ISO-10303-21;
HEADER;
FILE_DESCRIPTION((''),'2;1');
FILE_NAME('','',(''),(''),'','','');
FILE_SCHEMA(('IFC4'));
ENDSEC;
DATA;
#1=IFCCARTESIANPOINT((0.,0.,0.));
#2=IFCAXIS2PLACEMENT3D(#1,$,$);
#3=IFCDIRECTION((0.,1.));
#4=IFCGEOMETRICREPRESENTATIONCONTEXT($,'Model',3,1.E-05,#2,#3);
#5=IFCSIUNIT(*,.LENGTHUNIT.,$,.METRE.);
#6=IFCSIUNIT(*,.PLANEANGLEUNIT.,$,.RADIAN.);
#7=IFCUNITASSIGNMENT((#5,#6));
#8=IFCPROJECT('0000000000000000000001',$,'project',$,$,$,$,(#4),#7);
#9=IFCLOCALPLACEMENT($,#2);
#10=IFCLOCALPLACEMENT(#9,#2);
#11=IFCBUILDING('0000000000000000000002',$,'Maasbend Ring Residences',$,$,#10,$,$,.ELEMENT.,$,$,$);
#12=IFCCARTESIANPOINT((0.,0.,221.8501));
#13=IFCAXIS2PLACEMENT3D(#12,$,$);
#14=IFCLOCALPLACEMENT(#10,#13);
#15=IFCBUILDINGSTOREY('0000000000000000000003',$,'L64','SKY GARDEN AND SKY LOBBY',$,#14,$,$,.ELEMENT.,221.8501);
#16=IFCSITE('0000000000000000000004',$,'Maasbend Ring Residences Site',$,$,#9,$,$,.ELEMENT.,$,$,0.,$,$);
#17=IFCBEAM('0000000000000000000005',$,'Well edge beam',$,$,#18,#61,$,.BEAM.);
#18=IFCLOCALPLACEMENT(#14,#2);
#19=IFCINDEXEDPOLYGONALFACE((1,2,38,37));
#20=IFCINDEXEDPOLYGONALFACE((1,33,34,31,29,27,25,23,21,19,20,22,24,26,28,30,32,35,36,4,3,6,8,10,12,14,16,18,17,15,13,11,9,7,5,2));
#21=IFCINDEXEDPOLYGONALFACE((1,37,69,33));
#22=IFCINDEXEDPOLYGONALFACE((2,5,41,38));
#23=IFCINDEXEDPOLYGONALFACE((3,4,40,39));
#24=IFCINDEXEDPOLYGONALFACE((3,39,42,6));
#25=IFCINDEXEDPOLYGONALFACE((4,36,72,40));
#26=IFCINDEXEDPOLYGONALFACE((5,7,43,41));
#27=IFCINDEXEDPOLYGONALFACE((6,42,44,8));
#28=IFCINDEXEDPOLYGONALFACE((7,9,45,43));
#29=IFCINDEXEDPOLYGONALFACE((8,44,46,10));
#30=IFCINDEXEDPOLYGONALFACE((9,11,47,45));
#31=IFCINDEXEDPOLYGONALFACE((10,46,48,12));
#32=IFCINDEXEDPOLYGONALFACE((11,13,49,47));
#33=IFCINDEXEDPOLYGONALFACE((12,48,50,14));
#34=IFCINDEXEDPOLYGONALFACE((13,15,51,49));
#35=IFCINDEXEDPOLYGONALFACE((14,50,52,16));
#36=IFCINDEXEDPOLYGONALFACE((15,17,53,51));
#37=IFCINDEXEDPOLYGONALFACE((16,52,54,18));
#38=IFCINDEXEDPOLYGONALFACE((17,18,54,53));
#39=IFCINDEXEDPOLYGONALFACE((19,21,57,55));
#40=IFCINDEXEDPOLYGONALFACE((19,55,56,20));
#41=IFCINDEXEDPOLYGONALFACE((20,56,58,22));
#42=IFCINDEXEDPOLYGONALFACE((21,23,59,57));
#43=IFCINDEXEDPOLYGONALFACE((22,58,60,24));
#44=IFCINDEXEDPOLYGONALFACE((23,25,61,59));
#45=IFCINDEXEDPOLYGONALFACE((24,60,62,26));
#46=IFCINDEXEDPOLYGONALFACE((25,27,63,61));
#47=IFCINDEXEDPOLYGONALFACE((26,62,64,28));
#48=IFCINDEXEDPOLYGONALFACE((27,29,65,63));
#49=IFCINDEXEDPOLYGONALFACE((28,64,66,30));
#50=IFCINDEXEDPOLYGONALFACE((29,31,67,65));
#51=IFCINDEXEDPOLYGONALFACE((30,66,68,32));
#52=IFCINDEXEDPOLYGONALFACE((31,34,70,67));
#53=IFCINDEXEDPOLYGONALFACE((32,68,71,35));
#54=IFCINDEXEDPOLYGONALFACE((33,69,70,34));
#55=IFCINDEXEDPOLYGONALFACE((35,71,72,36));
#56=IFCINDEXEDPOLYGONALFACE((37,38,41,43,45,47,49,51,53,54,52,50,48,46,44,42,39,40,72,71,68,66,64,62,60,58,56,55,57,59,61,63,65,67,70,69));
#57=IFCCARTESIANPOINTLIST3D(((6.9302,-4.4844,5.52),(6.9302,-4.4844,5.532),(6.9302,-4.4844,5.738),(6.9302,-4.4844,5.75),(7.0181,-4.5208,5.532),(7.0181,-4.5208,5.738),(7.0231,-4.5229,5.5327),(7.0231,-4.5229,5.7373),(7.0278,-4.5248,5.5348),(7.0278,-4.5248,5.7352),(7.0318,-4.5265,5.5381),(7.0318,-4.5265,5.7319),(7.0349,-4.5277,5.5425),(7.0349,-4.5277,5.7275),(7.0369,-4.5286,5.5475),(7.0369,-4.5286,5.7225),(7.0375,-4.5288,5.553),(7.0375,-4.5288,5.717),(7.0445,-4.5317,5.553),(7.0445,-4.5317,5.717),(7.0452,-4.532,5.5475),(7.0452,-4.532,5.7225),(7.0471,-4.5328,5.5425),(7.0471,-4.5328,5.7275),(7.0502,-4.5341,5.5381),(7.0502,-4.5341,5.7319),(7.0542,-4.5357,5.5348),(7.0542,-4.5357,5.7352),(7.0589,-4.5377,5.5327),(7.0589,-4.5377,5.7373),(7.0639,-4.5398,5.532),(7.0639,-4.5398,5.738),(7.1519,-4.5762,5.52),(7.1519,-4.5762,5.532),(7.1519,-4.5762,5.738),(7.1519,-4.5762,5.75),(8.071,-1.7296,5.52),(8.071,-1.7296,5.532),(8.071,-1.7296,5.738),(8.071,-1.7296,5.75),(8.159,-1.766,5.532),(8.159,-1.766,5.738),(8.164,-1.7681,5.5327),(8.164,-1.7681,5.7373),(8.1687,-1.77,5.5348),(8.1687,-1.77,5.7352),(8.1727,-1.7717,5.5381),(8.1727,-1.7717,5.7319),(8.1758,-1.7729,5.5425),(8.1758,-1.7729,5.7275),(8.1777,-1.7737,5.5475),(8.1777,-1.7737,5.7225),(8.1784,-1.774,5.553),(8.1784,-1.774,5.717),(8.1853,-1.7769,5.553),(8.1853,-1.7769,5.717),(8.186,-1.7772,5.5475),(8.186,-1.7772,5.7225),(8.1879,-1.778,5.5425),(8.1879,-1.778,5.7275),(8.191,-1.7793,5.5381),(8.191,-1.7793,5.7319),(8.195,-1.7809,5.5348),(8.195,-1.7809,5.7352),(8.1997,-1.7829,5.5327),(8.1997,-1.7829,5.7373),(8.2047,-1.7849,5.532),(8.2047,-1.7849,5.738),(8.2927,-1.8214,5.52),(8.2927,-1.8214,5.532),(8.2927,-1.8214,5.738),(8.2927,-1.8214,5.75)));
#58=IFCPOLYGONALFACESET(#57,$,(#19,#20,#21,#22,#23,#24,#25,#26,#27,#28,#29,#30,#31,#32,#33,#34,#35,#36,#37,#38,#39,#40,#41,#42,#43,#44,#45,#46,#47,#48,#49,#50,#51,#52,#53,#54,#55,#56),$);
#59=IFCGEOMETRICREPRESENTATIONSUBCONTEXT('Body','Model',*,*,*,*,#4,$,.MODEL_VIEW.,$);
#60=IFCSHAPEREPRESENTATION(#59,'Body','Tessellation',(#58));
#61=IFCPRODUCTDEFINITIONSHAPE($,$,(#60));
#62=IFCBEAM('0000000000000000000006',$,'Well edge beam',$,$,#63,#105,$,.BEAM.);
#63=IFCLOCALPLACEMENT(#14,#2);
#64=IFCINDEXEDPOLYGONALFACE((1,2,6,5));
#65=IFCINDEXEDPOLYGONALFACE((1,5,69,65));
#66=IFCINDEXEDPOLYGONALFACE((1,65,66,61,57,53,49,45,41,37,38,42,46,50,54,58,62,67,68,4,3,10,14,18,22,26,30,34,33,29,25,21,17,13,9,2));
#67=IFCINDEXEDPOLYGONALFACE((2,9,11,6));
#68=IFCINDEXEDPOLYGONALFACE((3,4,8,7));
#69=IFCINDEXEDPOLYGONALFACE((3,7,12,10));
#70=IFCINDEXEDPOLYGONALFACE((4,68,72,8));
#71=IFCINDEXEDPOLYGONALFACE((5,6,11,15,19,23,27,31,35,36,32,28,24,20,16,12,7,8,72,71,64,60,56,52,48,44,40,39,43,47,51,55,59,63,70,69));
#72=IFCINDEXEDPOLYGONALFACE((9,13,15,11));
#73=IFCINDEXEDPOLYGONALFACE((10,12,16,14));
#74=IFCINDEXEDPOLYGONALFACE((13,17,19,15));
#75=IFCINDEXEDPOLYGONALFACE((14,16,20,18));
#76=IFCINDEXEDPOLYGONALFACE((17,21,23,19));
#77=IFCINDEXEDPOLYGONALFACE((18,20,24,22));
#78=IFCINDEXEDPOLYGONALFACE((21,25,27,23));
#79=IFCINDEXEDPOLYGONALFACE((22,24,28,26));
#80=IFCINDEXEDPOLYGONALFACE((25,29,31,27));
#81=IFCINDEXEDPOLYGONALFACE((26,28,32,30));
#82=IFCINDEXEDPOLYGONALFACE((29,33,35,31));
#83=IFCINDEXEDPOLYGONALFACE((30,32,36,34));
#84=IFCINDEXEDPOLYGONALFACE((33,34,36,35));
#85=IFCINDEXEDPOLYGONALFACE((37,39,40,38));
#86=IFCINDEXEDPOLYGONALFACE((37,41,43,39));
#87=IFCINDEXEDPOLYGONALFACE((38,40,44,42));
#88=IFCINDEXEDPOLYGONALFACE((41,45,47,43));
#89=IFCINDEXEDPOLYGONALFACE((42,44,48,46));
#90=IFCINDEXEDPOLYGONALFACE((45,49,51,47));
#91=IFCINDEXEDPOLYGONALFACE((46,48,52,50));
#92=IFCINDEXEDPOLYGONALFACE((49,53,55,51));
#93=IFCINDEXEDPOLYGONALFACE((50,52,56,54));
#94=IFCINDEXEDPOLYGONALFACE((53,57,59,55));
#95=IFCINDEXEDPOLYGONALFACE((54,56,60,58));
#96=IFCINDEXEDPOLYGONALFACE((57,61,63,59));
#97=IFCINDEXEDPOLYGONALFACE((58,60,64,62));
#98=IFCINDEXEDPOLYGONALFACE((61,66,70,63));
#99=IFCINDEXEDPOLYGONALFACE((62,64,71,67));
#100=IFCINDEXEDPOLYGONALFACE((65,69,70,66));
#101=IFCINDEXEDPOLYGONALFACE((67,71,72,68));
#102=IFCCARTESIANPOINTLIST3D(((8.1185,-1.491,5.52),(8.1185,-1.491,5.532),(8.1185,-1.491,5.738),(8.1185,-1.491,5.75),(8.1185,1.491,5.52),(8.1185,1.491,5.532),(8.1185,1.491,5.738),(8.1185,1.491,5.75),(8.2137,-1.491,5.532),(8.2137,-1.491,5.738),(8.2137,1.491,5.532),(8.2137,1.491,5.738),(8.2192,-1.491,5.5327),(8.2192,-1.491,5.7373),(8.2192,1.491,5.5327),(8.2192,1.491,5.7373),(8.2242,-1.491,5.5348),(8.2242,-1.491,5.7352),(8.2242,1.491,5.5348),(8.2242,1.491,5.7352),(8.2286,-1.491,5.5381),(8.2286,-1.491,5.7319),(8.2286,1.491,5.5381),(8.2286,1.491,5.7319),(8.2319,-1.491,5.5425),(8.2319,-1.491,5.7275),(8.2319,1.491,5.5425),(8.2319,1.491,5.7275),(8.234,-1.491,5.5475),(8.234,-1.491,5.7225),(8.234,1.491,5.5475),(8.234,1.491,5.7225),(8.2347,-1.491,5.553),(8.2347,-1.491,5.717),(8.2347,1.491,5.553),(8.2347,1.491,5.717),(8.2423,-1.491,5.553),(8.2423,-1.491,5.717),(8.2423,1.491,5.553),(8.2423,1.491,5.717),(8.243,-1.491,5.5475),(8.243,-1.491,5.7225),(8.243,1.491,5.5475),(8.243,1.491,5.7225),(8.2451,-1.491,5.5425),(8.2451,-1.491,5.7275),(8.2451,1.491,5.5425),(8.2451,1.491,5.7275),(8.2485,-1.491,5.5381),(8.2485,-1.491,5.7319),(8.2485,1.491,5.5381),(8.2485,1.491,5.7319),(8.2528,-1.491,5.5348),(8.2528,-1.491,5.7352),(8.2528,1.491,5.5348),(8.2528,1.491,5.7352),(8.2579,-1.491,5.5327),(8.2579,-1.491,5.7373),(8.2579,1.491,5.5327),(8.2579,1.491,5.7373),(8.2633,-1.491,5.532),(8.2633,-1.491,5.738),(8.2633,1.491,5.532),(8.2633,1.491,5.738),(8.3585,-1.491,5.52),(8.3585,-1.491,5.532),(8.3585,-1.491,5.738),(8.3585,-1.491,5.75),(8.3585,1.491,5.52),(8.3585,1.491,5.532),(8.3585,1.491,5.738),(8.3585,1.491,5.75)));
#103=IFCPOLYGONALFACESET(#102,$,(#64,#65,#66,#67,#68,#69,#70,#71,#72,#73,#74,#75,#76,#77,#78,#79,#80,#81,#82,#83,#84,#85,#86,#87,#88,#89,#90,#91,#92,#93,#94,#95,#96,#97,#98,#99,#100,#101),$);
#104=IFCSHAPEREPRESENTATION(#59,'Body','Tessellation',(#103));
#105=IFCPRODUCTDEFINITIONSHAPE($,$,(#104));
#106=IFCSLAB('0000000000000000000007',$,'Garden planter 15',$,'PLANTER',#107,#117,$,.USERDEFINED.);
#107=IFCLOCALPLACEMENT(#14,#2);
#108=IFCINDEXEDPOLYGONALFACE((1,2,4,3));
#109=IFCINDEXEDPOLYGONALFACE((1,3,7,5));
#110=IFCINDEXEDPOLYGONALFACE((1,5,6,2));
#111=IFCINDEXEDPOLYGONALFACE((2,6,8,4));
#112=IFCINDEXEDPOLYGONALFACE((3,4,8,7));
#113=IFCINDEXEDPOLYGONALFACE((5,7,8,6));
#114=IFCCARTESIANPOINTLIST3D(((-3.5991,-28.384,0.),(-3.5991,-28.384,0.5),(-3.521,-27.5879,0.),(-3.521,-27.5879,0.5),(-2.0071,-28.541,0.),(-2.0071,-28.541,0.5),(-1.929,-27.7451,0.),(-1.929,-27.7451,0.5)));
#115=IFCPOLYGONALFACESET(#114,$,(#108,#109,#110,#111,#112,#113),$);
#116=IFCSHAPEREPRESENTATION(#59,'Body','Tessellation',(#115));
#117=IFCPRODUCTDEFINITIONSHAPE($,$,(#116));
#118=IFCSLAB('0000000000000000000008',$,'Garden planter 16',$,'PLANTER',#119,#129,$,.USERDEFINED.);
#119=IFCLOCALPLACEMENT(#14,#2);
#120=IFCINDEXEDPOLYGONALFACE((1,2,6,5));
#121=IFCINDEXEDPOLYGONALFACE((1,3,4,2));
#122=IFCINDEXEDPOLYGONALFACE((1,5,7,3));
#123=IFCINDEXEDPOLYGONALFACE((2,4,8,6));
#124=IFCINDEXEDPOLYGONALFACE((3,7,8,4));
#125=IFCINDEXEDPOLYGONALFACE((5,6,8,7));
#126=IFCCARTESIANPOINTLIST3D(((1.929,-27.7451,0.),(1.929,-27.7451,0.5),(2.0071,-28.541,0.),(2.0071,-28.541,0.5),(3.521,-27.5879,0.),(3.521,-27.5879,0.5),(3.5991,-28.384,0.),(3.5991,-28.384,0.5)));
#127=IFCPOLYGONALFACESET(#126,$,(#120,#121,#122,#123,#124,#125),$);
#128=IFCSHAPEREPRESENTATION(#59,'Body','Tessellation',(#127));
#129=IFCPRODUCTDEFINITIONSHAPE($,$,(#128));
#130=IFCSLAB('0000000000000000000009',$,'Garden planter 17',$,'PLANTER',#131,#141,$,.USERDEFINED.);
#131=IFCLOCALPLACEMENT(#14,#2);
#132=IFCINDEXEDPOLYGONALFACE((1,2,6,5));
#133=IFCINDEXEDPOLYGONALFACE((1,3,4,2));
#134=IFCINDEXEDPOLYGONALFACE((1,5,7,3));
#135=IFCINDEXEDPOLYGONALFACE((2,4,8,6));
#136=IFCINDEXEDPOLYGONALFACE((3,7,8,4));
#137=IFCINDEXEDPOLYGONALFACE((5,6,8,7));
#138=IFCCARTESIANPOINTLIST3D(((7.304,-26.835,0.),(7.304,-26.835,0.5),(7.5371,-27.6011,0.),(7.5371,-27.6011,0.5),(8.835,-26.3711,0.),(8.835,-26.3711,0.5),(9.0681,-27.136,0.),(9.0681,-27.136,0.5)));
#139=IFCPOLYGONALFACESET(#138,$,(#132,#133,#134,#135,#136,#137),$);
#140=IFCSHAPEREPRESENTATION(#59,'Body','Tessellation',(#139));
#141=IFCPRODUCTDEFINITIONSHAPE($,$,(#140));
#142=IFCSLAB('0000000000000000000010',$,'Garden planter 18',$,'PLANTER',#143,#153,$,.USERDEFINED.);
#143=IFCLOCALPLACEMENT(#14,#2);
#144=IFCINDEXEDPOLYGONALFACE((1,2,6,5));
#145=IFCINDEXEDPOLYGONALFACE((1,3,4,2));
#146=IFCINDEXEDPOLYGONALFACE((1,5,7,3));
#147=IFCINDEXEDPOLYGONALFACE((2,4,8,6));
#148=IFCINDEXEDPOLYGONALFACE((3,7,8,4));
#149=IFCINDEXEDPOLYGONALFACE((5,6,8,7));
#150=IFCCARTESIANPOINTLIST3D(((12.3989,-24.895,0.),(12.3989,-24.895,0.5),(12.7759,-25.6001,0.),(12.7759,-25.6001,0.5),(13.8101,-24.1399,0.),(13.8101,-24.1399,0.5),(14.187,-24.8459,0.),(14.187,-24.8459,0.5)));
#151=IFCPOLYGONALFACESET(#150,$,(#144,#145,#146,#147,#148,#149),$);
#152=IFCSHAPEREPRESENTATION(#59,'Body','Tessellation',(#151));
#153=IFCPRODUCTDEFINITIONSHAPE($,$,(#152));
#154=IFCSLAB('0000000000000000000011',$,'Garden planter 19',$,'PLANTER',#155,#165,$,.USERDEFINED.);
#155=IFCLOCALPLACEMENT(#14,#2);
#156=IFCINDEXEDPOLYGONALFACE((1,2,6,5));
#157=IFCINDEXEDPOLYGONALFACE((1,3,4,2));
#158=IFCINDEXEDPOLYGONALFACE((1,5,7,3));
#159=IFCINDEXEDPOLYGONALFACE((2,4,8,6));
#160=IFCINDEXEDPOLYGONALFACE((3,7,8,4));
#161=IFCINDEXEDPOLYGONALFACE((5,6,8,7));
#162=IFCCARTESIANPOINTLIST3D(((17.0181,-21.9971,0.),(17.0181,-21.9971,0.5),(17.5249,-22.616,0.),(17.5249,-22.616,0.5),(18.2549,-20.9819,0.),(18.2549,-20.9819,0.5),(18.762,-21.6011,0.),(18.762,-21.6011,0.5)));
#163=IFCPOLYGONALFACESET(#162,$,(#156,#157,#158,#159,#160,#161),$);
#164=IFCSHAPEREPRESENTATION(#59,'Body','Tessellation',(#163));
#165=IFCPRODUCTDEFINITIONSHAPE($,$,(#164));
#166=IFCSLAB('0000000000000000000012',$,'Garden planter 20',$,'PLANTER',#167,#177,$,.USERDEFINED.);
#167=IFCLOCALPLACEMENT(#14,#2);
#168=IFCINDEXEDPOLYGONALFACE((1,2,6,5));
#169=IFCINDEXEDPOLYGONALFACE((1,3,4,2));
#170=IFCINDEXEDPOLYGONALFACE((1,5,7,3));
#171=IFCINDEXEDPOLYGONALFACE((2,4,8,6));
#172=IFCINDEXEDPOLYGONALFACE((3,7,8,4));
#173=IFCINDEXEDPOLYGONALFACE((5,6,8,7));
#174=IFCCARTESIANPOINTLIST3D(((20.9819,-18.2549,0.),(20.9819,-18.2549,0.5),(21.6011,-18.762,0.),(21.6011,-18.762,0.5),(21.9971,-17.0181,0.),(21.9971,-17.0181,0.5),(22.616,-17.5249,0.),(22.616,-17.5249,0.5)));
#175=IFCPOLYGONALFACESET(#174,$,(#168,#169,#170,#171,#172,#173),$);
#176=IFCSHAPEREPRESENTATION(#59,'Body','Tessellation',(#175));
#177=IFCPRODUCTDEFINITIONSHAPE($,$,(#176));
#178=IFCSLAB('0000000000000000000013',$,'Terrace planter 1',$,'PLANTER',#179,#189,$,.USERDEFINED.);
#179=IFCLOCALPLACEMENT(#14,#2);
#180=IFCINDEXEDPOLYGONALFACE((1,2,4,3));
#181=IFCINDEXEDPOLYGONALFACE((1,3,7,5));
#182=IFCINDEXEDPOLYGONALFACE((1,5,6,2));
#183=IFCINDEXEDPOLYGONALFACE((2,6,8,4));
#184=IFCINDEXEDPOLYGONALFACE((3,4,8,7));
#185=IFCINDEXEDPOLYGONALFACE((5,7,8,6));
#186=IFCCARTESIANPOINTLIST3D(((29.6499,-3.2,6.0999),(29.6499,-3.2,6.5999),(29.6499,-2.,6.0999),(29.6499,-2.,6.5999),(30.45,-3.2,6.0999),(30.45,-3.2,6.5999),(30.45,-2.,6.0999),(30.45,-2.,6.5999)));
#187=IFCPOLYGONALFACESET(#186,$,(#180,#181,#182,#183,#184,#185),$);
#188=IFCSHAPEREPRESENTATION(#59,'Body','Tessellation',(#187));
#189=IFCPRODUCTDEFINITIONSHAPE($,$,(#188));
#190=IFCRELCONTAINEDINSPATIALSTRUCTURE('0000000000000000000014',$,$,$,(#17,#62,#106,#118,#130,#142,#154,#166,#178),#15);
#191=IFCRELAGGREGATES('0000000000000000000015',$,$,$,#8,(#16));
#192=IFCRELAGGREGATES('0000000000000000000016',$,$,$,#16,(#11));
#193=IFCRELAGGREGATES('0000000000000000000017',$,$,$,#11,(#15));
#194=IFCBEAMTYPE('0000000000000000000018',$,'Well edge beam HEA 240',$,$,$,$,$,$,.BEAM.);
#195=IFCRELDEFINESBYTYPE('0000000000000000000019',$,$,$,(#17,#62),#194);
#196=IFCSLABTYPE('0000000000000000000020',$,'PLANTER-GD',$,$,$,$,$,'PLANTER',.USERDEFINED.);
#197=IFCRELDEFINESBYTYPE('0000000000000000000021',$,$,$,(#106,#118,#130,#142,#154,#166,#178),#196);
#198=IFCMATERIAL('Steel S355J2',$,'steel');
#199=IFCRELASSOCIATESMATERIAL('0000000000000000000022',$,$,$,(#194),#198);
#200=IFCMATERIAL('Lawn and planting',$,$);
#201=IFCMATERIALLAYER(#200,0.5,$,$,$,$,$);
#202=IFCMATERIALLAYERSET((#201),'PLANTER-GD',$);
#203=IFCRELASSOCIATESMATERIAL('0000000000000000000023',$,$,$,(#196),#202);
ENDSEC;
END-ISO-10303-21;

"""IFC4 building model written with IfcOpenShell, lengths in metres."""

from ifc_helpers import new_model, si_unit, direction, frame, origin, origin_2d, place, context, subcontext, project, spatial, polyline, i_section, outline, extrude, material, layer, layer_set, material_profile, profile_set, type_object, element, save


model = new_model("IFC4")

# Units and contexts
model_context = context("Model", 3, precision=1e-05, world=origin(), true_north=direction((0.0, 1.0)))
body_context = subcontext(model_context, "Body", "Model", "MODEL_VIEW")
ifc_project = project(units=[si_unit("LENGTHUNIT", "METRE"), si_unit("PLANEANGLEUNIT", "RADIAN")], contexts=[model_context])

# Site, building, storey
site_placement = place(None, origin())
site = spatial("IfcSite", under=ifc_project, at=site_placement, Name="Maasbend Ring Residences Site", CompositionType="ELEMENT", RefElevation=0.0)
building_placement = place(site_placement, origin())
building = spatial("IfcBuilding", under=site, at=building_placement, Name="Maasbend Ring Residences", CompositionType="ELEMENT")
storey_placement = place(building_placement, frame((0.0, 0.0, 221.8501)))
storey = spatial("IfcBuildingStorey", under=building, at=storey_placement, Name="L64", Description="SKY GARDEN AND SKY LOBBY", CompositionType="ELEMENT", Elevation=221.8501)

# Beams
ifc_material_1 = material(Name="Steel S355J2", Category="steel")
ifc_material_profile_1 = material_profile(ifc_material_1, i_section(OverallWidth=0.24, OverallDepth=0.23, WebThickness=0.0076, FlangeThickness=0.012, FilletRadius=0.021, at=origin_2d()), Name="HEA 240")
ifc_profile_set_1 = profile_set([ifc_material_profile_1], Name="Steel S355J2")
beam_type = type_object("IfcBeamType", Name="Well edge beam HEA 240", PredefinedType="BEAM", material=ifc_profile_set_1)
beam_1_placement = place(storey_placement, frame((7.041, -4.5303, 5.635), z_axis=(0.382615, 0.923908, 0.0), x_axis=(-0.923908, 0.382615, 0.0)))
element("IfcBeam", 1, at=beam_1_placement, inside=storey, type_object=beam_type, Name="Well edge beam", PredefinedType="BEAM", context=body_context, shape_type="SweptSolid", body=[
    extrude(i_section(OverallWidth=0.24, OverallDepth=0.23, WebThickness=0.0076, FlangeThickness=0.012, FilletRadius=0.021, at=origin_2d()), origin(), (0.0, 0.0, 1.0), 2.9817),
])
beam_2_placement = place(storey_placement, frame((8.2385, -1.491, 5.635), z_axis=(0.0, 1.0, 0.0), x_axis=(-1.0, 0.0, 0.0)))
element("IfcBeam", 2, at=beam_2_placement, inside=storey, type_object=beam_type, Name="Well edge beam", PredefinedType="BEAM", context=body_context, shape_type="SweptSolid", body=[
    extrude(i_section(OverallWidth=0.24, OverallDepth=0.23, WebThickness=0.0076, FlangeThickness=0.012, FilletRadius=0.021, at=origin_2d()), origin(), (0.0, 0.0, 1.0), 2.9819),
])

# Slabs
ifc_material_2 = material(Name="Lawn and planting")
ifc_layer_1 = layer(ifc_material_2, 0.5)
ifc_layer_set_1 = layer_set([ifc_layer_1], Name="PLANTER-GD")
slab_type_1 = type_object("IfcSlabType", Name="PLANTER-GD", ElementType="PLANTER", PredefinedType="USERDEFINED", material=ifc_layer_set_1)
slab_1_placement = place(storey_placement, origin())
element("IfcSlab", 3, at=slab_1_placement, inside=storey, type_object=slab_type_1, Name="Garden planter 15", ObjectType="PLANTER", PredefinedType="USERDEFINED", context=body_context, shape_type="SweptSolid", body=[
    extrude(outline(polyline([(-3.5991, -28.384), (-2.0071, -28.541), (-1.929, -27.7451), (-3.521, -27.5879), (-3.5991, -28.384)])), origin(), (0.0, 0.0, 1.0), 0.5),
])
slab_2_placement = place(storey_placement, origin())
element("IfcSlab", 4, at=slab_2_placement, inside=storey, type_object=slab_type_1, Name="Garden planter 16", ObjectType="PLANTER", PredefinedType="USERDEFINED", context=body_context, shape_type="SweptSolid", body=[
    extrude(outline(polyline([(2.0071, -28.541), (3.5991, -28.384), (3.521, -27.5879), (1.929, -27.7451), (2.0071, -28.541)])), origin(), (0.0, 0.0, 1.0), 0.5),
])
slab_3_placement = place(storey_placement, origin())
element("IfcSlab", 5, at=slab_3_placement, inside=storey, type_object=slab_type_1, Name="Garden planter 17", ObjectType="PLANTER", PredefinedType="USERDEFINED", context=body_context, shape_type="SweptSolid", body=[
    extrude(outline(polyline([(7.5371, -27.6011), (9.0681, -27.136), (8.835, -26.3711), (7.304, -26.835), (7.5371, -27.6011)])), origin(), (0.0, 0.0, 1.0), 0.5),
])
slab_4_placement = place(storey_placement, origin())
element("IfcSlab", 6, at=slab_4_placement, inside=storey, type_object=slab_type_1, Name="Garden planter 18", ObjectType="PLANTER", PredefinedType="USERDEFINED", context=body_context, shape_type="SweptSolid", body=[
    extrude(outline(polyline([(12.7759, -25.6001), (14.187, -24.8459), (13.8101, -24.1399), (12.3989, -24.895), (12.7759, -25.6001)])), origin(), (0.0, 0.0, 1.0), 0.5),
])
slab_5_placement = place(storey_placement, origin())
element("IfcSlab", 7, at=slab_5_placement, inside=storey, type_object=slab_type_1, Name="Garden planter 19", ObjectType="PLANTER", PredefinedType="USERDEFINED", context=body_context, shape_type="SweptSolid", body=[
    extrude(outline(polyline([(17.5249, -22.616), (18.762, -21.6011), (18.2549, -20.9819), (17.0181, -21.9971), (17.5249, -22.616)])), origin(), (0.0, 0.0, 1.0), 0.5),
])
slab_6_placement = place(storey_placement, origin())
element("IfcSlab", 8, at=slab_6_placement, inside=storey, type_object=slab_type_1, Name="Garden planter 20", ObjectType="PLANTER", PredefinedType="USERDEFINED", context=body_context, shape_type="SweptSolid", body=[
    extrude(outline(polyline([(21.6011, -18.762), (22.616, -17.5249), (21.9971, -17.0181), (20.9819, -18.2549), (21.6011, -18.762)])), origin(), (0.0, 0.0, 1.0), 0.5),
])
slab_7_placement = place(storey_placement, frame((0.0, 0.0, 6.0999)))
element("IfcSlab", 9, at=slab_7_placement, inside=storey, type_object=slab_type_1, Name="Terrace planter 1", ObjectType="PLANTER", PredefinedType="USERDEFINED", context=body_context, shape_type="SweptSolid", body=[
    extrude(outline(polyline([(29.6499, -3.2), (30.45, -3.2), (30.45, -2.0), (29.6499, -2.0), (29.6499, -3.2)])), origin(), (0.0, 0.0, 1.0), 0.5),
])

save(model, "model.ifc")
